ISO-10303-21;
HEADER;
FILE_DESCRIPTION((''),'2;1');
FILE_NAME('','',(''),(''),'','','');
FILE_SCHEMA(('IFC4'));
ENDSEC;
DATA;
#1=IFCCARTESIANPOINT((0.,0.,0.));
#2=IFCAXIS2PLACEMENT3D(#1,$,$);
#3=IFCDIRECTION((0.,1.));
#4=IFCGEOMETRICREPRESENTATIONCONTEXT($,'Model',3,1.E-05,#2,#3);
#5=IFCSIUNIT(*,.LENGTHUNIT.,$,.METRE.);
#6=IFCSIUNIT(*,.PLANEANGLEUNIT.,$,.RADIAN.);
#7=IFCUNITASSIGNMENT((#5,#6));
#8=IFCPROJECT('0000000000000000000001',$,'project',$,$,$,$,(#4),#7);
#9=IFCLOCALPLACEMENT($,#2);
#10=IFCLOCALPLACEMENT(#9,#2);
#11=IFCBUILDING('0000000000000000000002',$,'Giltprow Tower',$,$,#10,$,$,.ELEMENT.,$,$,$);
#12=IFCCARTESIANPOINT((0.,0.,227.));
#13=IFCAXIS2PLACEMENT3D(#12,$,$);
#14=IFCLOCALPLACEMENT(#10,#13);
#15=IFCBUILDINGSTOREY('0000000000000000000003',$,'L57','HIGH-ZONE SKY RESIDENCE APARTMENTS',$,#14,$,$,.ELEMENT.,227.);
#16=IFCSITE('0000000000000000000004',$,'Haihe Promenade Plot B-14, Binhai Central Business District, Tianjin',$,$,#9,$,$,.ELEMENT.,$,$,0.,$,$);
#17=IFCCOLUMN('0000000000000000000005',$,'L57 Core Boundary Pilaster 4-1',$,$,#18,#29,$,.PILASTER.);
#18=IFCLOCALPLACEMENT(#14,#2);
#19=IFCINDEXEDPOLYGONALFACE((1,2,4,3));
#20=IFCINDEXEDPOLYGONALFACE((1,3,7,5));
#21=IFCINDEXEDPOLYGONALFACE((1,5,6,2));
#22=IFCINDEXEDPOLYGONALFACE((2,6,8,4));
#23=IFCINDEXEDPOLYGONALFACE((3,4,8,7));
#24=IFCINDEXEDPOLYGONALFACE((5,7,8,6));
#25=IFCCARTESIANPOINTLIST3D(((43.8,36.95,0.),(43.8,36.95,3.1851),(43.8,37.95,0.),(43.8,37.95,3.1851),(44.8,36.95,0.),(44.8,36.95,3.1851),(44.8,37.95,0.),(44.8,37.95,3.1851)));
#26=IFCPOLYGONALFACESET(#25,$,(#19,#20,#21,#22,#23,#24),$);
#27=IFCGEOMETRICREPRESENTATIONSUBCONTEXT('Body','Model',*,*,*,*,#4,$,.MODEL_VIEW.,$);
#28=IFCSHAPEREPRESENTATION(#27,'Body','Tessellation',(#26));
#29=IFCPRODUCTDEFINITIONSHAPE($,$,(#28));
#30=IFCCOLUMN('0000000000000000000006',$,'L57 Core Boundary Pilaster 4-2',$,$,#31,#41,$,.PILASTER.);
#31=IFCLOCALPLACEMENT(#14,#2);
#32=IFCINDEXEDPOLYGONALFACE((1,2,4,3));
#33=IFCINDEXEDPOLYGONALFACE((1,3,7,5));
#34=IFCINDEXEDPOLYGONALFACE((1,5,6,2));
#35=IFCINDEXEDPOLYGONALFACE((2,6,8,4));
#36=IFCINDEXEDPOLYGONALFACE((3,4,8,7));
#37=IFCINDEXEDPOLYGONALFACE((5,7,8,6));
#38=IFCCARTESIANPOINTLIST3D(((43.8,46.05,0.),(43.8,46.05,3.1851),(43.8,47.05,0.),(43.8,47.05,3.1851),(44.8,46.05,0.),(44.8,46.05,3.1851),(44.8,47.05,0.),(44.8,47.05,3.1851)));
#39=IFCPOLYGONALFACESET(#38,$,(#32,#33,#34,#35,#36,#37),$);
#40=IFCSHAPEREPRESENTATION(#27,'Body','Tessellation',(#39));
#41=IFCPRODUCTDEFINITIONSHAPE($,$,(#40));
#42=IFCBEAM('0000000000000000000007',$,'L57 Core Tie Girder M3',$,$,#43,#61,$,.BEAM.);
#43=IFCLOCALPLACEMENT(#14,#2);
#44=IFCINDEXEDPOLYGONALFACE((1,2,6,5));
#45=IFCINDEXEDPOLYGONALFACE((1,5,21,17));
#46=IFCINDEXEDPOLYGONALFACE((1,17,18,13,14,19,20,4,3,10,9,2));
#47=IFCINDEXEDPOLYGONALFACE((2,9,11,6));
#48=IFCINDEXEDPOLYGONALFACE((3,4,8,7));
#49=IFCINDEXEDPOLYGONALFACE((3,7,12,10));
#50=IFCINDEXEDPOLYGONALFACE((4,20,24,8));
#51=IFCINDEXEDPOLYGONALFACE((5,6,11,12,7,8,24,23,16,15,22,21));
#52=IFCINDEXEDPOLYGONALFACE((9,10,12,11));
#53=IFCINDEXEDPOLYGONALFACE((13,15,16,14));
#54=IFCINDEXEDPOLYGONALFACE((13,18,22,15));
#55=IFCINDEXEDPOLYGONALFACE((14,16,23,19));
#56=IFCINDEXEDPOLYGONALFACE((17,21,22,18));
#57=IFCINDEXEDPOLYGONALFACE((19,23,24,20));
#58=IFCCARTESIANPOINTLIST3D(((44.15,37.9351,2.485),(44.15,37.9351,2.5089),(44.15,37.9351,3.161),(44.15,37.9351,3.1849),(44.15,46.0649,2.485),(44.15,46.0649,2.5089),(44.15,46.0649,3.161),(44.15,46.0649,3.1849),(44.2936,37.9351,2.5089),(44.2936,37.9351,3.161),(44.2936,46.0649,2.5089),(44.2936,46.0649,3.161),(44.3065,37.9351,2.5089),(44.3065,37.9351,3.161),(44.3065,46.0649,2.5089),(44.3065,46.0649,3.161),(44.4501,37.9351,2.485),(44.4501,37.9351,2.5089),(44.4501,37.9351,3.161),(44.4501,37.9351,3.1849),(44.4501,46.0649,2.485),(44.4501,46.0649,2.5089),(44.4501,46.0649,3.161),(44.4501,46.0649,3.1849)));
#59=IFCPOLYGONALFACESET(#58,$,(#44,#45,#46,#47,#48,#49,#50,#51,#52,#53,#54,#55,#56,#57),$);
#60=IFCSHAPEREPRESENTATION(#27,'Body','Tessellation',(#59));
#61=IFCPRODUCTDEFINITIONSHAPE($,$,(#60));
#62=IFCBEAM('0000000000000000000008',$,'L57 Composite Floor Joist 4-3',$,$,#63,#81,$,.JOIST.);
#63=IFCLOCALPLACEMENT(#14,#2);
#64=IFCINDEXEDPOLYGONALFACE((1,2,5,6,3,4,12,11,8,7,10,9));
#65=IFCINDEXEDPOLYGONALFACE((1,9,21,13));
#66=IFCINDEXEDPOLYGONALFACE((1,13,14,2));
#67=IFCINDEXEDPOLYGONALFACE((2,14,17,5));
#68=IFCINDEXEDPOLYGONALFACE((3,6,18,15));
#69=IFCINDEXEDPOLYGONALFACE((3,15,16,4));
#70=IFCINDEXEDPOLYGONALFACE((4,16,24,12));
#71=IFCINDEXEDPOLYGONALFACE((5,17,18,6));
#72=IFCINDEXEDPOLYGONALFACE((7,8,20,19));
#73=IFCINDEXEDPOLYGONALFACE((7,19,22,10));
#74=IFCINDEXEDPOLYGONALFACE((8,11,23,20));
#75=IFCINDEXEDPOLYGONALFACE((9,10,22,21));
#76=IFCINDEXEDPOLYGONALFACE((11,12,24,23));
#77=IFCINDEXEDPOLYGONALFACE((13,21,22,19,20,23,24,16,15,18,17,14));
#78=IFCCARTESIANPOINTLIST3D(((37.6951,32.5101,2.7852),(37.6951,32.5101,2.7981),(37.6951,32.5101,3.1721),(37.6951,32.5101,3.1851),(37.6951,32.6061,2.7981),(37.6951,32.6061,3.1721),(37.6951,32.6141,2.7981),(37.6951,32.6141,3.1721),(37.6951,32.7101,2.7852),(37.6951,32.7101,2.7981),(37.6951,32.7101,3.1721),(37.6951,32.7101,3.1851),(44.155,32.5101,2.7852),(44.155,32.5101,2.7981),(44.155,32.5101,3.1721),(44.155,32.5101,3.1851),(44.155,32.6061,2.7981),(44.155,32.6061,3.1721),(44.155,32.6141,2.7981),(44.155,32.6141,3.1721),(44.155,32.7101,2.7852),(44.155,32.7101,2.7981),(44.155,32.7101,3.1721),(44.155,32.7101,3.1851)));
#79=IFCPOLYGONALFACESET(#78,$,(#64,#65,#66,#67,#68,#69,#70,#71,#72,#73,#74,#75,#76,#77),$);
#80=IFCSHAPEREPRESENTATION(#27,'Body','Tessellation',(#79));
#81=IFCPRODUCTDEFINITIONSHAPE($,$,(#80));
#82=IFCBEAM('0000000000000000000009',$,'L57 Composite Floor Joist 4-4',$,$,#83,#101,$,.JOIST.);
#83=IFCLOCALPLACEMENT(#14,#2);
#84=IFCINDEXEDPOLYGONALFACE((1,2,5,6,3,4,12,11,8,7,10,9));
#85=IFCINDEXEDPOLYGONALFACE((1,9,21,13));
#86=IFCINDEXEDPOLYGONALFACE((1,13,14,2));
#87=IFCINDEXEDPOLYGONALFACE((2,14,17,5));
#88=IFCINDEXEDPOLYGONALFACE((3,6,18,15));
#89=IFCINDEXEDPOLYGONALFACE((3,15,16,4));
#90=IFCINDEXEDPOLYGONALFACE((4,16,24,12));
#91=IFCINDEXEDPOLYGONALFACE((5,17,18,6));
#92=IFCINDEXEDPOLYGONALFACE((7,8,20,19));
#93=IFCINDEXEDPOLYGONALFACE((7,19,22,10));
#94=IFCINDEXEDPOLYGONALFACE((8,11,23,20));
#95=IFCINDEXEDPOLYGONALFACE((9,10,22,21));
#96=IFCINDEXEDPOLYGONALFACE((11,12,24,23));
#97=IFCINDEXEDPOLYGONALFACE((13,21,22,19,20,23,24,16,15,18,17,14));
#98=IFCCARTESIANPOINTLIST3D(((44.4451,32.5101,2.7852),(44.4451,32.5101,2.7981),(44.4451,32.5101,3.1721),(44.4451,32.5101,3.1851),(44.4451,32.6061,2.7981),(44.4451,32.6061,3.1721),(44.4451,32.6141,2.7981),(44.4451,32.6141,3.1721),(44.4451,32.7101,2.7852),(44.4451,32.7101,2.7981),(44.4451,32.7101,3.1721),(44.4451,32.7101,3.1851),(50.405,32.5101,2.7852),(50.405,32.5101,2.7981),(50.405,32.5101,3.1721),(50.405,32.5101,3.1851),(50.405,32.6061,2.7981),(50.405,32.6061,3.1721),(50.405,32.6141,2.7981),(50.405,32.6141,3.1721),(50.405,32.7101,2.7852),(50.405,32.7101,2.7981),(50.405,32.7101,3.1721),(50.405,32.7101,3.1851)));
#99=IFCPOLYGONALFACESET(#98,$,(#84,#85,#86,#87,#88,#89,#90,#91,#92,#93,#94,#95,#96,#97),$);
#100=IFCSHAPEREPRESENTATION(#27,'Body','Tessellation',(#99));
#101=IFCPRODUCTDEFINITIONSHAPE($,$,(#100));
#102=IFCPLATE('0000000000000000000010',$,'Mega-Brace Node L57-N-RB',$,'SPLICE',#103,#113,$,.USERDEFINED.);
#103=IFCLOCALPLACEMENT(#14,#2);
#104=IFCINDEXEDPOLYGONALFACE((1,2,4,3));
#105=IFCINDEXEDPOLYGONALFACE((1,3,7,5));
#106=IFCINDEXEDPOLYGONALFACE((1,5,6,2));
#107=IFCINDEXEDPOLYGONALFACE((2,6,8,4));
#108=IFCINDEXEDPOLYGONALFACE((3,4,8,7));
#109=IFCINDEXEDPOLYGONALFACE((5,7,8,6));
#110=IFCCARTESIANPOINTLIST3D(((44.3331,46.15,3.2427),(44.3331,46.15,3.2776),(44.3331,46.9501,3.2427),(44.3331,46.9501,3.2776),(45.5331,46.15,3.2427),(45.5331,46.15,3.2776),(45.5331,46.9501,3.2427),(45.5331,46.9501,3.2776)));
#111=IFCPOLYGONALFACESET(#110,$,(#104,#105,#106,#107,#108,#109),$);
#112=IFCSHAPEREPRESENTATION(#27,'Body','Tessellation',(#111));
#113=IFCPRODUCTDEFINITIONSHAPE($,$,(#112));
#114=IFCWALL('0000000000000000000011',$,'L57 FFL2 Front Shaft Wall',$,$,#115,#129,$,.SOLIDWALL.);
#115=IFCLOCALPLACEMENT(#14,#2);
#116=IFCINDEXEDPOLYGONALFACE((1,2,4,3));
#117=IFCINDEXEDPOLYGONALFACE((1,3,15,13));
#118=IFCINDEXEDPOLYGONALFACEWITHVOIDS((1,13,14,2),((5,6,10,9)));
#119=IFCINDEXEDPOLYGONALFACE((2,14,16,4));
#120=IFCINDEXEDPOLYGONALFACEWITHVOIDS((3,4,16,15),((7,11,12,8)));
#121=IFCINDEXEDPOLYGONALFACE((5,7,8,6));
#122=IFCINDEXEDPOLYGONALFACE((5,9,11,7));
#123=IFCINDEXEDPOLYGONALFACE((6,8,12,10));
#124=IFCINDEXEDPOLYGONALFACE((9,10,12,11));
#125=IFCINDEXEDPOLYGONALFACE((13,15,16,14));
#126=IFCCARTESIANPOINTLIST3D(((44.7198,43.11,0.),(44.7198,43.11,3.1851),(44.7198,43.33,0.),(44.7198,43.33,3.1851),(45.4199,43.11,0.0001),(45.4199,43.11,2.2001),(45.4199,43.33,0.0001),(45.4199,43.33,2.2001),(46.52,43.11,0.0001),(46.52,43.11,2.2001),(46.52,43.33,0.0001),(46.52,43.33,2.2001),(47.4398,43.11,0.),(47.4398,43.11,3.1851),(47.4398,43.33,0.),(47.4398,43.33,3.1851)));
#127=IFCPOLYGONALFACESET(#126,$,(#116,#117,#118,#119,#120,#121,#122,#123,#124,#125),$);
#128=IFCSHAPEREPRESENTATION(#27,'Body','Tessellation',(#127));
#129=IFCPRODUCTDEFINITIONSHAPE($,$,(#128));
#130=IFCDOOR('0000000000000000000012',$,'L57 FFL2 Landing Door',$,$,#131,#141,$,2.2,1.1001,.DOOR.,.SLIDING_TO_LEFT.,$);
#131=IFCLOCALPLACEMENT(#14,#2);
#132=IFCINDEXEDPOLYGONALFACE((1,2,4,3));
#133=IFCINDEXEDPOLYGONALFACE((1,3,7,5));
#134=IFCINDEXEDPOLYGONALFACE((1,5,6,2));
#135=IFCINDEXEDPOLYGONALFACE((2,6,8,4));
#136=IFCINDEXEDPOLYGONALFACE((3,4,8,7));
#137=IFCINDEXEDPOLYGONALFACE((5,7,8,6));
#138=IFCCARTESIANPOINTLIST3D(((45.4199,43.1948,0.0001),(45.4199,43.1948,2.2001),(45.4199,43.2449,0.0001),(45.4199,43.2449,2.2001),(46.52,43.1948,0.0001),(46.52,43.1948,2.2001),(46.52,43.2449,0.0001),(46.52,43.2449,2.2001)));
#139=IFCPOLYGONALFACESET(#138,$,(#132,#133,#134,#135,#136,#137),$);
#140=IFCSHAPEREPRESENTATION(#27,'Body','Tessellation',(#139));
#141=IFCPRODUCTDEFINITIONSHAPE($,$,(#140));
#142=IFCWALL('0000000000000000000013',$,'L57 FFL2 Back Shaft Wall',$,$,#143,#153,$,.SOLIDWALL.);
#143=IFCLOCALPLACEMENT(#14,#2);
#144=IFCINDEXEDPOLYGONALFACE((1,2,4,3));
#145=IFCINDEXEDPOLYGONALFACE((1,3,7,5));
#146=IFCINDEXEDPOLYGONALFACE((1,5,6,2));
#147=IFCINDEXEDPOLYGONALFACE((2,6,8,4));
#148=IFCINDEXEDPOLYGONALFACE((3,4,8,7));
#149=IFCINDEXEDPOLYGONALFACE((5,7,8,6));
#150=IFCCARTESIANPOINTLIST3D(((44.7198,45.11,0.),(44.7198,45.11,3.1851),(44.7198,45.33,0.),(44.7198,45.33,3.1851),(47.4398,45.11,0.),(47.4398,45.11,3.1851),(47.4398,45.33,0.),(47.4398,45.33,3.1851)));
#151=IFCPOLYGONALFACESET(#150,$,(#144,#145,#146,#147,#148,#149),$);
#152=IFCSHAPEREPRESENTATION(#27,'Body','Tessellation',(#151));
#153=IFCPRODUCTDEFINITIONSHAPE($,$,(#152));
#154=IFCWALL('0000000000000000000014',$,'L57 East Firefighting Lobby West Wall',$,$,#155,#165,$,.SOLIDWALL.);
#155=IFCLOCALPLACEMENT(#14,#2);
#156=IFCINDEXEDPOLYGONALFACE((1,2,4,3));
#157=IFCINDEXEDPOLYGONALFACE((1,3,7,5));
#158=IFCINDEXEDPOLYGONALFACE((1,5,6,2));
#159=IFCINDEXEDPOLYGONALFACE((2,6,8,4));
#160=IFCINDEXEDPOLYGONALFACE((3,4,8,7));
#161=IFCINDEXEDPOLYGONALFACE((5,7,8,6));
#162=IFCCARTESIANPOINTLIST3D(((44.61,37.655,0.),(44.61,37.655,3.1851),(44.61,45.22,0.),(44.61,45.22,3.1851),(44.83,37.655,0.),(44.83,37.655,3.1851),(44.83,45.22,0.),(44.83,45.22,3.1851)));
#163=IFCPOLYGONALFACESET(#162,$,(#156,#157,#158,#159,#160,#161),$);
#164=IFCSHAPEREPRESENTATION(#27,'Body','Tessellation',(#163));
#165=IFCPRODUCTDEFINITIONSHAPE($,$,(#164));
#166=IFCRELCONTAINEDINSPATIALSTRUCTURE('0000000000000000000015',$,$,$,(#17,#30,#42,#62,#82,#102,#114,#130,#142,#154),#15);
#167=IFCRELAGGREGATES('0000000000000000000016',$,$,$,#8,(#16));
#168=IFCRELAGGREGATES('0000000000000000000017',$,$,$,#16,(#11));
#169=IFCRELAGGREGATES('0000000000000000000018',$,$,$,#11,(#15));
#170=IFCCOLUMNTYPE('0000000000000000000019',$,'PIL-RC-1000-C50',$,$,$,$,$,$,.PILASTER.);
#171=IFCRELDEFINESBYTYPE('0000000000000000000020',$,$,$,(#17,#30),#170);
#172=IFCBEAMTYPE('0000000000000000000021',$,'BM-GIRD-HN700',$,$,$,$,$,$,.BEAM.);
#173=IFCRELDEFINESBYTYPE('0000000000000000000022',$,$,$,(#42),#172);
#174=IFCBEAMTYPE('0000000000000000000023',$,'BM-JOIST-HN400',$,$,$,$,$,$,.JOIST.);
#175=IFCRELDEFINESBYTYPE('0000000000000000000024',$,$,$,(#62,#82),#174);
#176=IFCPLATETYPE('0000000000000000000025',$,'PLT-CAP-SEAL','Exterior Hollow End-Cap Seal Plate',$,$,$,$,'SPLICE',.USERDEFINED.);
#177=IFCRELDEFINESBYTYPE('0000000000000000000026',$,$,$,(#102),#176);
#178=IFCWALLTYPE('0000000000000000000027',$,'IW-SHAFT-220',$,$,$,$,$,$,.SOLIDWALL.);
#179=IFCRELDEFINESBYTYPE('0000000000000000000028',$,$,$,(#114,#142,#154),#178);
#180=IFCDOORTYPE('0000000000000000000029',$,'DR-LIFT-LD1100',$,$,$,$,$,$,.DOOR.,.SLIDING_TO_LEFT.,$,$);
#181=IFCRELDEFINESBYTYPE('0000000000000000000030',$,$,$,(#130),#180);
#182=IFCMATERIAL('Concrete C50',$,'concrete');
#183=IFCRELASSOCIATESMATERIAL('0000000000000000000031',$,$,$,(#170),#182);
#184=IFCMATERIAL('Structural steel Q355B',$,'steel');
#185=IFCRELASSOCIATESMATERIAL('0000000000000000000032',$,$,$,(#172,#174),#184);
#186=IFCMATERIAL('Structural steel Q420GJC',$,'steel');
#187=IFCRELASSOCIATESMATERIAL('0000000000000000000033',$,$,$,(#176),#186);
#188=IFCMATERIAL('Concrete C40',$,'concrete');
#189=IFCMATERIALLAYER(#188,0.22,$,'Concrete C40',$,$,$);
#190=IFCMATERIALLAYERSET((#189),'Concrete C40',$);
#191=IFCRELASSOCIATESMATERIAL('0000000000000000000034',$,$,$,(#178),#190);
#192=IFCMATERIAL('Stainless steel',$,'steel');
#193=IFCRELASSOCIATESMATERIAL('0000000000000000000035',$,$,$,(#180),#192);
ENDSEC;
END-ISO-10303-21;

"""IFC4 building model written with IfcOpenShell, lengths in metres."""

from ifc_helpers import new_model, si_unit, direction, frame, frame_2d, origin, origin_2d, place, context, subcontext, project, spatial, rectangle, i_section, extrude, source, transform, mapped, material, layer, layer_set, material_profile, profile_set, type_object, element, fill, save


model = new_model("IFC4")

# Units and contexts
model_context = context("Model", 3, precision=1e-05, world=origin(), true_north=direction((0.0, 1.0)))
body_context = subcontext(model_context, "Body", "Model", "MODEL_VIEW")
ifc_project = project(units=[si_unit("LENGTHUNIT", "METRE"), si_unit("PLANEANGLEUNIT", "RADIAN")], contexts=[model_context])

# Site, building, storey
site_placement = place(None, origin())
site = spatial("IfcSite", under=ifc_project, at=site_placement, Name="Haihe Promenade Plot B-14, Binhai Central Business District, Tianjin", CompositionType="ELEMENT", RefElevation=0.0)
building_placement = place(site_placement, origin())
building = spatial("IfcBuilding", under=site, at=building_placement, Name="Giltprow Tower", CompositionType="ELEMENT")
storey_placement = place(building_placement, frame((0.0, 0.0, 227.0)))
storey = spatial("IfcBuildingStorey", under=building, at=storey_placement, Name="L57", Description="HIGH-ZONE SKY RESIDENCE APARTMENTS", CompositionType="ELEMENT", Elevation=227.0)

# Columns
ifc_material_1 = material(Name="Concrete C50", Category="concrete")
ifc_material_profile_1 = material_profile(ifc_material_1, rectangle(XDim=1.0, YDim=1.0, at=origin_2d()), Name="RC 1000x1000")
ifc_profile_set_1 = profile_set([ifc_material_profile_1], Name="Concrete C50")
column_type = type_object("IfcColumnType", Name="PIL-RC-1000-C50", PredefinedType="PILASTER", material=ifc_profile_set_1)
shared_shape_1 = source(origin(), body_context, "Body", "SweptSolid", [
    extrude(rectangle(XDim=1.0, YDim=1.0, at=origin_2d()), origin(), (0.0, 0.0, 1.0), 3.1851),
])
for number, where, z_axis, x_axis, name in (
    (1, (44.3, 37.45, 0.0), (0.0, 0.0, 1.0), (1.0, 0.0, 0.0), "L57 Core Boundary Pilaster 4-1"),
    (2, (44.3, 46.55, 0.0), (0.0, 0.0, 1.0), (1.0, 0.0, 0.0), "L57 Core Boundary Pilaster 4-2"),
):
    element("IfcColumn", number, at=place(storey_placement, frame(where, z_axis=z_axis, x_axis=x_axis)), inside=storey, type_object=column_type, Name=name, PredefinedType="PILASTER", context=body_context, shape_type="MappedRepresentation", body=[
        mapped(shared_shape_1, transform((0.0, 0.0, 0.0), x_axis=(1.0, 0.0, 0.0), y_axis=(0.0, 1.0, 0.0), z_axis=(0.0, 0.0, 1.0), scale=1.0)),
    ])

# Beams
ifc_material_2 = material(Name="Structural steel Q355B", Category="steel")
ifc_material_profile_2 = material_profile(ifc_material_2, i_section(OverallWidth=0.3, OverallDepth=0.7, WebThickness=0.0129, FlangeThickness=0.0239, at=origin_2d()), Name="HN 700x300x13x24")
ifc_profile_set_2 = profile_set([ifc_material_profile_2], Name="Structural steel Q355B")
beam_type_1 = type_object("IfcBeamType", Name="BM-GIRD-HN700", PredefinedType="BEAM", material=ifc_profile_set_2)
shared_shape_2 = source(origin(), body_context, "Body", "SweptSolid", [
    extrude(i_section(OverallWidth=0.3, OverallDepth=0.7, WebThickness=0.0129, FlangeThickness=0.0239, at=origin_2d()), origin(), (0.0, 0.0, 1.0), 8.1299),
])
beam_1_placement = place(storey_placement, frame((44.3, 37.9351, 2.835), z_axis=(0.0, 1.0, 0.0), x_axis=(-1.0, 0.0, 0.0)))
element("IfcBeam", 3, at=beam_1_placement, inside=storey, type_object=beam_type_1, Name="L57 Core Tie Girder M3", PredefinedType="BEAM", context=body_context, shape_type="MappedRepresentation", body=[
    mapped(shared_shape_2, transform((0.0, 0.0, 0.0), x_axis=(1.0, 0.0, 0.0), y_axis=(0.0, 1.0, 0.0), z_axis=(0.0, 0.0, 1.0), scale=1.0)),
])
ifc_material_profile_3 = material_profile(ifc_material_2, i_section(OverallWidth=0.2, OverallDepth=0.3999, WebThickness=0.0081, FlangeThickness=0.0129, at=origin_2d()), Name="HN 400x200x8x13")
ifc_profile_set_3 = profile_set([ifc_material_profile_3], Name="Structural steel Q355B")
beam_type_2 = type_object("IfcBeamType", Name="BM-JOIST-HN400", PredefinedType="JOIST", material=ifc_profile_set_3)
shared_shape_3 = source(origin(), body_context, "Body", "SweptSolid", [
    extrude(i_section(OverallWidth=0.2, OverallDepth=0.3999, WebThickness=0.0081, FlangeThickness=0.0129, at=origin_2d()), origin(), (0.0, 0.0, 1.0), 6.46),
])
beam_2_placement = place(storey_placement, frame((37.6951, 32.6101, 2.9851), z_axis=(1.0, 0.0, 0.0), x_axis=(0.0, 1.0, 0.0)))
element("IfcBeam", 4, at=beam_2_placement, inside=storey, type_object=beam_type_2, Name="L57 Composite Floor Joist 4-3", PredefinedType="JOIST", context=body_context, shape_type="MappedRepresentation", body=[
    mapped(shared_shape_3, transform((0.0, 0.0, 0.0), x_axis=(1.0, 0.0, 0.0), y_axis=(0.0, 1.0, 0.0), z_axis=(0.0, 0.0, 1.0), scale=1.0)),
])
shared_shape_4 = source(origin(), body_context, "Body", "SweptSolid", [
    extrude(i_section(OverallWidth=0.2, OverallDepth=0.3999, WebThickness=0.0081, FlangeThickness=0.0129, at=origin_2d()), origin(), (0.0, 0.0, 1.0), 5.96),
])
beam_3_placement = place(storey_placement, frame((44.4451, 32.6101, 2.9851), z_axis=(1.0, 0.0, 0.0), x_axis=(0.0, 1.0, 0.0)))
element("IfcBeam", 5, at=beam_3_placement, inside=storey, type_object=beam_type_2, Name="L57 Composite Floor Joist 4-4", PredefinedType="JOIST", context=body_context, shape_type="MappedRepresentation", body=[
    mapped(shared_shape_4, transform((0.0, 0.0, 0.0), x_axis=(1.0, 0.0, 0.0), y_axis=(0.0, 1.0, 0.0), z_axis=(0.0, 0.0, 1.0), scale=1.0)),
])

# Plate
ifc_material_3 = material(Name="Structural steel Q420GJC", Category="steel")
plate_type = type_object("IfcPlateType", Name="PLT-CAP-SEAL", Description="Exterior Hollow End-Cap Seal Plate", ElementType="SPLICE", PredefinedType="USERDEFINED", material=ifc_material_3)
shared_shape_5 = source(origin(), body_context, "Body", "SweptSolid", [
    extrude(rectangle(XDim=1.2, YDim=0.8, at=origin_2d()), origin(), (0.0, 0.0, 1.0), 0.0349),
])
plate_placement = place(storey_placement, frame((44.9331, 46.55, 3.2427), z_axis=(0.0, 0.0, 1.0), x_axis=(1.0, 0.0, 0.0)))
element("IfcPlate", 6, at=plate_placement, inside=storey, type_object=plate_type, Name="Mega-Brace Node L57-N-RB", ObjectType="SPLICE", PredefinedType="USERDEFINED", context=body_context, shape_type="MappedRepresentation", body=[
    mapped(shared_shape_5, transform((0.0, 0.0, 0.0), x_axis=(1.0, 0.0, 0.0), y_axis=(0.0, 1.0, 0.0), z_axis=(0.0, 0.0, 1.0), scale=1.0)),
])

# Wall, opening, door
ifc_material_4 = material(Name="Concrete C40", Category="concrete")
ifc_layer_1 = layer(ifc_material_4, 0.22, Name="Concrete C40")
ifc_layer_set_1 = layer_set([ifc_layer_1], Name="Concrete C40")
wall_type_1 = type_object("IfcWallType", Name="IW-SHAFT-220", PredefinedType="SOLIDWALL", material=ifc_layer_set_1)
wall_1_placement = place(storey_placement, frame((44.72, 43.22, 0.0), z_axis=(0.0, 0.0, 1.0), x_axis=(1.0, 0.0, 0.0)))
wall_1 = element("IfcWall", 7, at=wall_1_placement, inside=storey, type_object=wall_type_1, Name="L57 FFL2 Front Shaft Wall", PredefinedType="SOLIDWALL", context=body_context, shape_type="SweptSolid", body=[
    extrude(rectangle(XDim=2.72, YDim=0.22, at=frame_2d((1.3599, 0.0))), origin(), (0.0, 0.0, 1.0), 3.1851),
])
opening_1_placement = place(wall_1_placement, frame((0.7, 0.0, 0.0)))
opening_1 = element("IfcOpeningElement", 8, at=opening_1_placement, cuts=wall_1, PredefinedType="OPENING", context=body_context, shape_type="SweptSolid", body=[
    extrude(rectangle(XDim=1.1001, YDim=2.2, at=frame_2d((0.55, 1.1001))), frame((0.0, 0.1199, 0.0), z_axis=(0.0, -1.0, 0.0), x_axis=(1.0, 0.0, 0.0)), (0.0, 0.0, 1.0), 0.24),
])
ifc_material_5 = material(Name="Stainless steel", Category="steel")
door_type_1 = type_object("IfcDoorType", Name="DR-LIFT-LD1100", OperationType="SLIDING_TO_LEFT", PredefinedType="DOOR", material=ifc_material_5)
shared_shape_6 = source(origin(), body_context, "Body", "SweptSolid", [
    extrude(rectangle(XDim=1.1001, YDim=2.2, at=frame_2d((0.55, 1.1001))), frame((0.0, 0.0249, 0.0), z_axis=(0.0, -1.0, 0.0), x_axis=(1.0, 0.0, 0.0)), (0.0, 0.0, 1.0), 0.05),
])
door_1_placement = place(opening_1_placement, origin())
door_1 = element("IfcDoor", 9, at=door_1_placement, inside=storey, type_object=door_type_1, Name="L57 FFL2 Landing Door", OperationType="SLIDING_TO_LEFT", OverallHeight=2.2, OverallWidth=1.1001, PredefinedType="DOOR", context=body_context, shape_type="MappedRepresentation", body=[
    mapped(shared_shape_6, transform((0.0, 0.0, 0.0), x_axis=(1.0, 0.0, 0.0), y_axis=(0.0, 1.0, 0.0), z_axis=(0.0, 0.0, 1.0), scale=1.0)),
])
fill(opening_1, door_1)

# Walls
wall_2_placement = place(storey_placement, frame((44.72, 45.22, 0.0), z_axis=(0.0, 0.0, 1.0), x_axis=(1.0, 0.0, 0.0)))
element("IfcWall", 10, at=wall_2_placement, inside=storey, type_object=wall_type_1, Name="L57 FFL2 Back Shaft Wall", PredefinedType="SOLIDWALL", context=body_context, shape_type="SweptSolid", body=[
    extrude(rectangle(XDim=2.72, YDim=0.22, at=frame_2d((1.3599, 0.0))), origin(), (0.0, 0.0, 1.0), 3.1851),
])
wall_3_placement = place(storey_placement, frame((44.72, 37.655, 0.0), z_axis=(0.0, 0.0, 1.0), x_axis=(0.0, 1.0, 0.0)))
element("IfcWall", 11, at=wall_3_placement, inside=storey, type_object=wall_type_1, Name="L57 East Firefighting Lobby West Wall", PredefinedType="SOLIDWALL", context=body_context, shape_type="SweptSolid", body=[
    extrude(rectangle(XDim=7.5649, YDim=0.22, at=frame_2d((3.7825, 0.0))), origin(), (0.0, 0.0, 1.0), 3.1851),
])

save(model, "model.ifc")
